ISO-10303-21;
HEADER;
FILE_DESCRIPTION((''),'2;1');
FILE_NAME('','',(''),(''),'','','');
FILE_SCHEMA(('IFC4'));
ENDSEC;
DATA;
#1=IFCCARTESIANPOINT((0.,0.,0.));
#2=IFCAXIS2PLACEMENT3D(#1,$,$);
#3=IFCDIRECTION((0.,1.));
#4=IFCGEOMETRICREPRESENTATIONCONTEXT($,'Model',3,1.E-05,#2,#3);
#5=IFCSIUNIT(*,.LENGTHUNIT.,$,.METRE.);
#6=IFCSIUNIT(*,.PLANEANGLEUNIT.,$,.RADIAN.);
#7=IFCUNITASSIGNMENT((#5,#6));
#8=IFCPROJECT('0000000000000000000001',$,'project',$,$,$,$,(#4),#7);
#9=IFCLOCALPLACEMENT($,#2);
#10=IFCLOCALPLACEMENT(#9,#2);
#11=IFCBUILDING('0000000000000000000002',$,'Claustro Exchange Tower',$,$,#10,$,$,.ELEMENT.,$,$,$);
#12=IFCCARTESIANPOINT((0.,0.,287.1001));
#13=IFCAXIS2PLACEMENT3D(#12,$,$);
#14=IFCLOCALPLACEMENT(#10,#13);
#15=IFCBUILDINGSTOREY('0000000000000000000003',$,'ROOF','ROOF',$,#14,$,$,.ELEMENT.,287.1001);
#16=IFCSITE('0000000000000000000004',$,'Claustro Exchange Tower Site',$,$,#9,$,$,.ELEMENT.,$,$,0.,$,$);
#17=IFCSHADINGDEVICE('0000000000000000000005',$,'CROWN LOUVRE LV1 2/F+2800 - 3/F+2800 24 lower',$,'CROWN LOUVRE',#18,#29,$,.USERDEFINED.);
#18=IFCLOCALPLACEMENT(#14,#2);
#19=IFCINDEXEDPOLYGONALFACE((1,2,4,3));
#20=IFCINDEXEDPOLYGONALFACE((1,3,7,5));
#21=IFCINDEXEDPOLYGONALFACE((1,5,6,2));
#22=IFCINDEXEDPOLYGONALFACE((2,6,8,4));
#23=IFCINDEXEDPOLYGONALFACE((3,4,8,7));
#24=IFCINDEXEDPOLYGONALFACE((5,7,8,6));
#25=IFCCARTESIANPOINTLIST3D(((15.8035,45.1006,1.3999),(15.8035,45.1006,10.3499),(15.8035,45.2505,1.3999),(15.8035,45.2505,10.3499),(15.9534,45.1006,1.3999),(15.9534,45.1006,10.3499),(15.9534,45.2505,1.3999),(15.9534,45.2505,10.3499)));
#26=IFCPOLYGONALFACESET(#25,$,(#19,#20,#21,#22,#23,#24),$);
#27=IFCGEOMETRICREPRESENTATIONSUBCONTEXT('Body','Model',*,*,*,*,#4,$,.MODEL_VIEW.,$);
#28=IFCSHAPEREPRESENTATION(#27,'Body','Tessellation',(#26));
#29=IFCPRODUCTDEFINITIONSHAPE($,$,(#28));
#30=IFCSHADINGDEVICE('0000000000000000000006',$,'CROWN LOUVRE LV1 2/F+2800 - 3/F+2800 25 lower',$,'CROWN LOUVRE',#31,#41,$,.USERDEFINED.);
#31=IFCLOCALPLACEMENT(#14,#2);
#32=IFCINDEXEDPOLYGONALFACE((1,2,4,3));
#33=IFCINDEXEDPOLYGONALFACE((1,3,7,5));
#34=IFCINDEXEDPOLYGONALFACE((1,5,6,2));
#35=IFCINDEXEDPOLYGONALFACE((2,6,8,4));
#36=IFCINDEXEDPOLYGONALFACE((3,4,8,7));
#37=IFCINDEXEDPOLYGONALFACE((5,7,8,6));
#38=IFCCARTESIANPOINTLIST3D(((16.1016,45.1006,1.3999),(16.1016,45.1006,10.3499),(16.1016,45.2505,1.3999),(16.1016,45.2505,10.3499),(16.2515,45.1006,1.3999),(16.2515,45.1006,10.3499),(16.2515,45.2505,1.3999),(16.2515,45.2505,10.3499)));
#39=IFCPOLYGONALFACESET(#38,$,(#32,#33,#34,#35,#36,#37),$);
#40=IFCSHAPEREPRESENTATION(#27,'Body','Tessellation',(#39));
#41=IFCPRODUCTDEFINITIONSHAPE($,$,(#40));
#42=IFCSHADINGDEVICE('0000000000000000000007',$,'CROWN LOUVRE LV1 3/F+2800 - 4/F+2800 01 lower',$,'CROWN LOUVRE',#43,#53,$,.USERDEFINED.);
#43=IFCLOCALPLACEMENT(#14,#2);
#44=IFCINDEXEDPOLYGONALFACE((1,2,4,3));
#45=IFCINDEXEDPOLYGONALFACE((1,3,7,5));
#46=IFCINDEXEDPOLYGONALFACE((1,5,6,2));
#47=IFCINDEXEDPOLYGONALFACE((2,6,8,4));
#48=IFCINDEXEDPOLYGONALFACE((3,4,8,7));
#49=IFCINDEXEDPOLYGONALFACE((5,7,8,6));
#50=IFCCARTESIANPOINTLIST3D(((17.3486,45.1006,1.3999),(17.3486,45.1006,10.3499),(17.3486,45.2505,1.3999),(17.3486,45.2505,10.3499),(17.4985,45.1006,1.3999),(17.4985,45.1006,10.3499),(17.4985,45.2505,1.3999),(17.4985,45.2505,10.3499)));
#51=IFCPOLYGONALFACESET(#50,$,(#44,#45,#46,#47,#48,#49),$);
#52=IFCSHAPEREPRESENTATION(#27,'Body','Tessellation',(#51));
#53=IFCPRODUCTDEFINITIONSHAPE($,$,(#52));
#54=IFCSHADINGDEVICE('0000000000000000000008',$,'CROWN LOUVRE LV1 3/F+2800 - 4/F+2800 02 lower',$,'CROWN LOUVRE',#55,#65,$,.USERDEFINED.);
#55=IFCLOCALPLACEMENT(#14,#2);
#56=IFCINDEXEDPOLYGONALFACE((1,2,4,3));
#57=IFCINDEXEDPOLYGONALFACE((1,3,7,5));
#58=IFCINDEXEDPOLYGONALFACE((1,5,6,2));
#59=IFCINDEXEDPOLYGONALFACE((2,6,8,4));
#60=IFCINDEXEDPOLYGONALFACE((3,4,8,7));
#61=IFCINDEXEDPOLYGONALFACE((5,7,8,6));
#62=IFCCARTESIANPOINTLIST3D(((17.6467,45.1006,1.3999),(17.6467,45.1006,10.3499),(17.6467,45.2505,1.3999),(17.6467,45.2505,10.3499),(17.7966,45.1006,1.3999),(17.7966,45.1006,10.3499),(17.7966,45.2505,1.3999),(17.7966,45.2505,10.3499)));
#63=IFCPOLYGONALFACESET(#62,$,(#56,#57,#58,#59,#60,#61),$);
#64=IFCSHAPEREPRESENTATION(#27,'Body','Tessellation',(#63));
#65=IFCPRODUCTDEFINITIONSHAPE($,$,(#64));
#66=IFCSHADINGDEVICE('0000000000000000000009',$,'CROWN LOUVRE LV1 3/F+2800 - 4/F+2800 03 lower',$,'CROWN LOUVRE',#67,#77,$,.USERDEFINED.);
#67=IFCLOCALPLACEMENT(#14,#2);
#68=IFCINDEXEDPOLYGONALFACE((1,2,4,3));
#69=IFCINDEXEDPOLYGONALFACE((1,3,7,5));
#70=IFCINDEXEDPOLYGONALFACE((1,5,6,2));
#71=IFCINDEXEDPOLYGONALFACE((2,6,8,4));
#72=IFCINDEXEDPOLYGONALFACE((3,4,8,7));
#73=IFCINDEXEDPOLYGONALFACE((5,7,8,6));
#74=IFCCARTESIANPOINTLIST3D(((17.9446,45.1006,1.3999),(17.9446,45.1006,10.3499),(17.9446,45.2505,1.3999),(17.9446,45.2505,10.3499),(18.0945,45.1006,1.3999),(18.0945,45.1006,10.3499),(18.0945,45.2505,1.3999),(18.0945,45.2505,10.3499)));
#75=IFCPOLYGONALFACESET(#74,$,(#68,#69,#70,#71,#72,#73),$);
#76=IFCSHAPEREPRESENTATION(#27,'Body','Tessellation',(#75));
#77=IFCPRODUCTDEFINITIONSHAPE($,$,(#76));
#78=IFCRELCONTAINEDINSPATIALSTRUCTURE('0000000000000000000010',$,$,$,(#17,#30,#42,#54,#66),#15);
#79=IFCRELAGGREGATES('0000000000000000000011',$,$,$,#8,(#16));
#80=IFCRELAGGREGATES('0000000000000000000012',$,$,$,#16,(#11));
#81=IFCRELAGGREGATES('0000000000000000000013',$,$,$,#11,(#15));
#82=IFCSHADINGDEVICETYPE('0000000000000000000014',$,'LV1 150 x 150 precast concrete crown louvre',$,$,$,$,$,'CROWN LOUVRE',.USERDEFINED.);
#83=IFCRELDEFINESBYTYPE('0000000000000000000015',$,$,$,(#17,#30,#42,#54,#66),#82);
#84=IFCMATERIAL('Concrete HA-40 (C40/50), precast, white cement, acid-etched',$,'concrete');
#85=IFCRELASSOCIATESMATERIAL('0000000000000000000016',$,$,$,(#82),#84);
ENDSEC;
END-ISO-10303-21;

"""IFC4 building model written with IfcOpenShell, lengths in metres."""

from ifc_helpers import new_model, si_unit, direction, frame, origin, origin_2d, place, context, subcontext, project, spatial, rectangle, extrude, material, type_object, element, save


model = new_model("IFC4")

# Units and contexts
model_context = context("Model", 3, precision=1e-05, world=origin(), true_north=direction((0.0, 1.0)))
body_context = subcontext(model_context, "Body", "Model", "MODEL_VIEW")
ifc_project = project(units=[si_unit("LENGTHUNIT", "METRE"), si_unit("PLANEANGLEUNIT", "RADIAN")], contexts=[model_context])

# Site, building, storey
site_placement = place(None, origin())
site = spatial("IfcSite", under=ifc_project, at=site_placement, Name="Claustro Exchange Tower Site", CompositionType="ELEMENT", RefElevation=0.0)
building_placement = place(site_placement, origin())
building = spatial("IfcBuilding", under=site, at=building_placement, Name="Claustro Exchange Tower", CompositionType="ELEMENT")
storey_placement = place(building_placement, frame((0.0, 0.0, 287.1001)))
storey = spatial("IfcBuildingStorey", under=building, at=storey_placement, Name="ROOF", Description="ROOF", CompositionType="ELEMENT", Elevation=287.1001)

# Shading devices
ifc_material_1 = material(Name="Concrete HA-40 (C40/50), precast, white cement, acid-etched", Category="concrete")
shading_device_type = type_object("IfcShadingDeviceType", Name="LV1 150 x 150 precast concrete crown louvre", ElementType="CROWN LOUVRE", PredefinedType="USERDEFINED", material=ifc_material_1)
for number, where, z_axis, x_axis, name in (
    (1, (15.8784, 45.1755, 1.3999), (0.0, 0.0, 1.0), (1.0, 0.0, 0.0), "CROWN LOUVRE LV1 2/F+2800 - 3/F+2800 24 lower"),
    (2, (16.1765, 45.1755, 1.3999), (0.0, 0.0, 1.0), (1.0, 0.0, 0.0), "CROWN LOUVRE LV1 2/F+2800 - 3/F+2800 25 lower"),
    (3, (17.4236, 45.1755, 1.3999), (0.0, 0.0, 1.0), (1.0, 0.0, 0.0), "CROWN LOUVRE LV1 3/F+2800 - 4/F+2800 01 lower"),
    (4, (17.7217, 45.1755, 1.3999), (0.0, 0.0, 1.0), (1.0, 0.0, 0.0), "CROWN LOUVRE LV1 3/F+2800 - 4/F+2800 02 lower"),
    (5, (18.0195, 45.1755, 1.3999), (0.0, 0.0, 1.0), (1.0, 0.0, 0.0), "CROWN LOUVRE LV1 3/F+2800 - 4/F+2800 03 lower"),
):
    element("IfcShadingDevice", number, at=place(storey_placement, frame(where, z_axis=z_axis, x_axis=x_axis)), inside=storey, type_object=shading_device_type, Name=name, ObjectType="CROWN LOUVRE", PredefinedType="USERDEFINED", context=body_context, shape_type="SweptSolid", body=[
        extrude(rectangle(XDim=0.1499, YDim=0.1499, at=origin_2d()), origin(), (0.0, 0.0, 1.0), 8.95),
    ])

save(model, "model.ifc")
